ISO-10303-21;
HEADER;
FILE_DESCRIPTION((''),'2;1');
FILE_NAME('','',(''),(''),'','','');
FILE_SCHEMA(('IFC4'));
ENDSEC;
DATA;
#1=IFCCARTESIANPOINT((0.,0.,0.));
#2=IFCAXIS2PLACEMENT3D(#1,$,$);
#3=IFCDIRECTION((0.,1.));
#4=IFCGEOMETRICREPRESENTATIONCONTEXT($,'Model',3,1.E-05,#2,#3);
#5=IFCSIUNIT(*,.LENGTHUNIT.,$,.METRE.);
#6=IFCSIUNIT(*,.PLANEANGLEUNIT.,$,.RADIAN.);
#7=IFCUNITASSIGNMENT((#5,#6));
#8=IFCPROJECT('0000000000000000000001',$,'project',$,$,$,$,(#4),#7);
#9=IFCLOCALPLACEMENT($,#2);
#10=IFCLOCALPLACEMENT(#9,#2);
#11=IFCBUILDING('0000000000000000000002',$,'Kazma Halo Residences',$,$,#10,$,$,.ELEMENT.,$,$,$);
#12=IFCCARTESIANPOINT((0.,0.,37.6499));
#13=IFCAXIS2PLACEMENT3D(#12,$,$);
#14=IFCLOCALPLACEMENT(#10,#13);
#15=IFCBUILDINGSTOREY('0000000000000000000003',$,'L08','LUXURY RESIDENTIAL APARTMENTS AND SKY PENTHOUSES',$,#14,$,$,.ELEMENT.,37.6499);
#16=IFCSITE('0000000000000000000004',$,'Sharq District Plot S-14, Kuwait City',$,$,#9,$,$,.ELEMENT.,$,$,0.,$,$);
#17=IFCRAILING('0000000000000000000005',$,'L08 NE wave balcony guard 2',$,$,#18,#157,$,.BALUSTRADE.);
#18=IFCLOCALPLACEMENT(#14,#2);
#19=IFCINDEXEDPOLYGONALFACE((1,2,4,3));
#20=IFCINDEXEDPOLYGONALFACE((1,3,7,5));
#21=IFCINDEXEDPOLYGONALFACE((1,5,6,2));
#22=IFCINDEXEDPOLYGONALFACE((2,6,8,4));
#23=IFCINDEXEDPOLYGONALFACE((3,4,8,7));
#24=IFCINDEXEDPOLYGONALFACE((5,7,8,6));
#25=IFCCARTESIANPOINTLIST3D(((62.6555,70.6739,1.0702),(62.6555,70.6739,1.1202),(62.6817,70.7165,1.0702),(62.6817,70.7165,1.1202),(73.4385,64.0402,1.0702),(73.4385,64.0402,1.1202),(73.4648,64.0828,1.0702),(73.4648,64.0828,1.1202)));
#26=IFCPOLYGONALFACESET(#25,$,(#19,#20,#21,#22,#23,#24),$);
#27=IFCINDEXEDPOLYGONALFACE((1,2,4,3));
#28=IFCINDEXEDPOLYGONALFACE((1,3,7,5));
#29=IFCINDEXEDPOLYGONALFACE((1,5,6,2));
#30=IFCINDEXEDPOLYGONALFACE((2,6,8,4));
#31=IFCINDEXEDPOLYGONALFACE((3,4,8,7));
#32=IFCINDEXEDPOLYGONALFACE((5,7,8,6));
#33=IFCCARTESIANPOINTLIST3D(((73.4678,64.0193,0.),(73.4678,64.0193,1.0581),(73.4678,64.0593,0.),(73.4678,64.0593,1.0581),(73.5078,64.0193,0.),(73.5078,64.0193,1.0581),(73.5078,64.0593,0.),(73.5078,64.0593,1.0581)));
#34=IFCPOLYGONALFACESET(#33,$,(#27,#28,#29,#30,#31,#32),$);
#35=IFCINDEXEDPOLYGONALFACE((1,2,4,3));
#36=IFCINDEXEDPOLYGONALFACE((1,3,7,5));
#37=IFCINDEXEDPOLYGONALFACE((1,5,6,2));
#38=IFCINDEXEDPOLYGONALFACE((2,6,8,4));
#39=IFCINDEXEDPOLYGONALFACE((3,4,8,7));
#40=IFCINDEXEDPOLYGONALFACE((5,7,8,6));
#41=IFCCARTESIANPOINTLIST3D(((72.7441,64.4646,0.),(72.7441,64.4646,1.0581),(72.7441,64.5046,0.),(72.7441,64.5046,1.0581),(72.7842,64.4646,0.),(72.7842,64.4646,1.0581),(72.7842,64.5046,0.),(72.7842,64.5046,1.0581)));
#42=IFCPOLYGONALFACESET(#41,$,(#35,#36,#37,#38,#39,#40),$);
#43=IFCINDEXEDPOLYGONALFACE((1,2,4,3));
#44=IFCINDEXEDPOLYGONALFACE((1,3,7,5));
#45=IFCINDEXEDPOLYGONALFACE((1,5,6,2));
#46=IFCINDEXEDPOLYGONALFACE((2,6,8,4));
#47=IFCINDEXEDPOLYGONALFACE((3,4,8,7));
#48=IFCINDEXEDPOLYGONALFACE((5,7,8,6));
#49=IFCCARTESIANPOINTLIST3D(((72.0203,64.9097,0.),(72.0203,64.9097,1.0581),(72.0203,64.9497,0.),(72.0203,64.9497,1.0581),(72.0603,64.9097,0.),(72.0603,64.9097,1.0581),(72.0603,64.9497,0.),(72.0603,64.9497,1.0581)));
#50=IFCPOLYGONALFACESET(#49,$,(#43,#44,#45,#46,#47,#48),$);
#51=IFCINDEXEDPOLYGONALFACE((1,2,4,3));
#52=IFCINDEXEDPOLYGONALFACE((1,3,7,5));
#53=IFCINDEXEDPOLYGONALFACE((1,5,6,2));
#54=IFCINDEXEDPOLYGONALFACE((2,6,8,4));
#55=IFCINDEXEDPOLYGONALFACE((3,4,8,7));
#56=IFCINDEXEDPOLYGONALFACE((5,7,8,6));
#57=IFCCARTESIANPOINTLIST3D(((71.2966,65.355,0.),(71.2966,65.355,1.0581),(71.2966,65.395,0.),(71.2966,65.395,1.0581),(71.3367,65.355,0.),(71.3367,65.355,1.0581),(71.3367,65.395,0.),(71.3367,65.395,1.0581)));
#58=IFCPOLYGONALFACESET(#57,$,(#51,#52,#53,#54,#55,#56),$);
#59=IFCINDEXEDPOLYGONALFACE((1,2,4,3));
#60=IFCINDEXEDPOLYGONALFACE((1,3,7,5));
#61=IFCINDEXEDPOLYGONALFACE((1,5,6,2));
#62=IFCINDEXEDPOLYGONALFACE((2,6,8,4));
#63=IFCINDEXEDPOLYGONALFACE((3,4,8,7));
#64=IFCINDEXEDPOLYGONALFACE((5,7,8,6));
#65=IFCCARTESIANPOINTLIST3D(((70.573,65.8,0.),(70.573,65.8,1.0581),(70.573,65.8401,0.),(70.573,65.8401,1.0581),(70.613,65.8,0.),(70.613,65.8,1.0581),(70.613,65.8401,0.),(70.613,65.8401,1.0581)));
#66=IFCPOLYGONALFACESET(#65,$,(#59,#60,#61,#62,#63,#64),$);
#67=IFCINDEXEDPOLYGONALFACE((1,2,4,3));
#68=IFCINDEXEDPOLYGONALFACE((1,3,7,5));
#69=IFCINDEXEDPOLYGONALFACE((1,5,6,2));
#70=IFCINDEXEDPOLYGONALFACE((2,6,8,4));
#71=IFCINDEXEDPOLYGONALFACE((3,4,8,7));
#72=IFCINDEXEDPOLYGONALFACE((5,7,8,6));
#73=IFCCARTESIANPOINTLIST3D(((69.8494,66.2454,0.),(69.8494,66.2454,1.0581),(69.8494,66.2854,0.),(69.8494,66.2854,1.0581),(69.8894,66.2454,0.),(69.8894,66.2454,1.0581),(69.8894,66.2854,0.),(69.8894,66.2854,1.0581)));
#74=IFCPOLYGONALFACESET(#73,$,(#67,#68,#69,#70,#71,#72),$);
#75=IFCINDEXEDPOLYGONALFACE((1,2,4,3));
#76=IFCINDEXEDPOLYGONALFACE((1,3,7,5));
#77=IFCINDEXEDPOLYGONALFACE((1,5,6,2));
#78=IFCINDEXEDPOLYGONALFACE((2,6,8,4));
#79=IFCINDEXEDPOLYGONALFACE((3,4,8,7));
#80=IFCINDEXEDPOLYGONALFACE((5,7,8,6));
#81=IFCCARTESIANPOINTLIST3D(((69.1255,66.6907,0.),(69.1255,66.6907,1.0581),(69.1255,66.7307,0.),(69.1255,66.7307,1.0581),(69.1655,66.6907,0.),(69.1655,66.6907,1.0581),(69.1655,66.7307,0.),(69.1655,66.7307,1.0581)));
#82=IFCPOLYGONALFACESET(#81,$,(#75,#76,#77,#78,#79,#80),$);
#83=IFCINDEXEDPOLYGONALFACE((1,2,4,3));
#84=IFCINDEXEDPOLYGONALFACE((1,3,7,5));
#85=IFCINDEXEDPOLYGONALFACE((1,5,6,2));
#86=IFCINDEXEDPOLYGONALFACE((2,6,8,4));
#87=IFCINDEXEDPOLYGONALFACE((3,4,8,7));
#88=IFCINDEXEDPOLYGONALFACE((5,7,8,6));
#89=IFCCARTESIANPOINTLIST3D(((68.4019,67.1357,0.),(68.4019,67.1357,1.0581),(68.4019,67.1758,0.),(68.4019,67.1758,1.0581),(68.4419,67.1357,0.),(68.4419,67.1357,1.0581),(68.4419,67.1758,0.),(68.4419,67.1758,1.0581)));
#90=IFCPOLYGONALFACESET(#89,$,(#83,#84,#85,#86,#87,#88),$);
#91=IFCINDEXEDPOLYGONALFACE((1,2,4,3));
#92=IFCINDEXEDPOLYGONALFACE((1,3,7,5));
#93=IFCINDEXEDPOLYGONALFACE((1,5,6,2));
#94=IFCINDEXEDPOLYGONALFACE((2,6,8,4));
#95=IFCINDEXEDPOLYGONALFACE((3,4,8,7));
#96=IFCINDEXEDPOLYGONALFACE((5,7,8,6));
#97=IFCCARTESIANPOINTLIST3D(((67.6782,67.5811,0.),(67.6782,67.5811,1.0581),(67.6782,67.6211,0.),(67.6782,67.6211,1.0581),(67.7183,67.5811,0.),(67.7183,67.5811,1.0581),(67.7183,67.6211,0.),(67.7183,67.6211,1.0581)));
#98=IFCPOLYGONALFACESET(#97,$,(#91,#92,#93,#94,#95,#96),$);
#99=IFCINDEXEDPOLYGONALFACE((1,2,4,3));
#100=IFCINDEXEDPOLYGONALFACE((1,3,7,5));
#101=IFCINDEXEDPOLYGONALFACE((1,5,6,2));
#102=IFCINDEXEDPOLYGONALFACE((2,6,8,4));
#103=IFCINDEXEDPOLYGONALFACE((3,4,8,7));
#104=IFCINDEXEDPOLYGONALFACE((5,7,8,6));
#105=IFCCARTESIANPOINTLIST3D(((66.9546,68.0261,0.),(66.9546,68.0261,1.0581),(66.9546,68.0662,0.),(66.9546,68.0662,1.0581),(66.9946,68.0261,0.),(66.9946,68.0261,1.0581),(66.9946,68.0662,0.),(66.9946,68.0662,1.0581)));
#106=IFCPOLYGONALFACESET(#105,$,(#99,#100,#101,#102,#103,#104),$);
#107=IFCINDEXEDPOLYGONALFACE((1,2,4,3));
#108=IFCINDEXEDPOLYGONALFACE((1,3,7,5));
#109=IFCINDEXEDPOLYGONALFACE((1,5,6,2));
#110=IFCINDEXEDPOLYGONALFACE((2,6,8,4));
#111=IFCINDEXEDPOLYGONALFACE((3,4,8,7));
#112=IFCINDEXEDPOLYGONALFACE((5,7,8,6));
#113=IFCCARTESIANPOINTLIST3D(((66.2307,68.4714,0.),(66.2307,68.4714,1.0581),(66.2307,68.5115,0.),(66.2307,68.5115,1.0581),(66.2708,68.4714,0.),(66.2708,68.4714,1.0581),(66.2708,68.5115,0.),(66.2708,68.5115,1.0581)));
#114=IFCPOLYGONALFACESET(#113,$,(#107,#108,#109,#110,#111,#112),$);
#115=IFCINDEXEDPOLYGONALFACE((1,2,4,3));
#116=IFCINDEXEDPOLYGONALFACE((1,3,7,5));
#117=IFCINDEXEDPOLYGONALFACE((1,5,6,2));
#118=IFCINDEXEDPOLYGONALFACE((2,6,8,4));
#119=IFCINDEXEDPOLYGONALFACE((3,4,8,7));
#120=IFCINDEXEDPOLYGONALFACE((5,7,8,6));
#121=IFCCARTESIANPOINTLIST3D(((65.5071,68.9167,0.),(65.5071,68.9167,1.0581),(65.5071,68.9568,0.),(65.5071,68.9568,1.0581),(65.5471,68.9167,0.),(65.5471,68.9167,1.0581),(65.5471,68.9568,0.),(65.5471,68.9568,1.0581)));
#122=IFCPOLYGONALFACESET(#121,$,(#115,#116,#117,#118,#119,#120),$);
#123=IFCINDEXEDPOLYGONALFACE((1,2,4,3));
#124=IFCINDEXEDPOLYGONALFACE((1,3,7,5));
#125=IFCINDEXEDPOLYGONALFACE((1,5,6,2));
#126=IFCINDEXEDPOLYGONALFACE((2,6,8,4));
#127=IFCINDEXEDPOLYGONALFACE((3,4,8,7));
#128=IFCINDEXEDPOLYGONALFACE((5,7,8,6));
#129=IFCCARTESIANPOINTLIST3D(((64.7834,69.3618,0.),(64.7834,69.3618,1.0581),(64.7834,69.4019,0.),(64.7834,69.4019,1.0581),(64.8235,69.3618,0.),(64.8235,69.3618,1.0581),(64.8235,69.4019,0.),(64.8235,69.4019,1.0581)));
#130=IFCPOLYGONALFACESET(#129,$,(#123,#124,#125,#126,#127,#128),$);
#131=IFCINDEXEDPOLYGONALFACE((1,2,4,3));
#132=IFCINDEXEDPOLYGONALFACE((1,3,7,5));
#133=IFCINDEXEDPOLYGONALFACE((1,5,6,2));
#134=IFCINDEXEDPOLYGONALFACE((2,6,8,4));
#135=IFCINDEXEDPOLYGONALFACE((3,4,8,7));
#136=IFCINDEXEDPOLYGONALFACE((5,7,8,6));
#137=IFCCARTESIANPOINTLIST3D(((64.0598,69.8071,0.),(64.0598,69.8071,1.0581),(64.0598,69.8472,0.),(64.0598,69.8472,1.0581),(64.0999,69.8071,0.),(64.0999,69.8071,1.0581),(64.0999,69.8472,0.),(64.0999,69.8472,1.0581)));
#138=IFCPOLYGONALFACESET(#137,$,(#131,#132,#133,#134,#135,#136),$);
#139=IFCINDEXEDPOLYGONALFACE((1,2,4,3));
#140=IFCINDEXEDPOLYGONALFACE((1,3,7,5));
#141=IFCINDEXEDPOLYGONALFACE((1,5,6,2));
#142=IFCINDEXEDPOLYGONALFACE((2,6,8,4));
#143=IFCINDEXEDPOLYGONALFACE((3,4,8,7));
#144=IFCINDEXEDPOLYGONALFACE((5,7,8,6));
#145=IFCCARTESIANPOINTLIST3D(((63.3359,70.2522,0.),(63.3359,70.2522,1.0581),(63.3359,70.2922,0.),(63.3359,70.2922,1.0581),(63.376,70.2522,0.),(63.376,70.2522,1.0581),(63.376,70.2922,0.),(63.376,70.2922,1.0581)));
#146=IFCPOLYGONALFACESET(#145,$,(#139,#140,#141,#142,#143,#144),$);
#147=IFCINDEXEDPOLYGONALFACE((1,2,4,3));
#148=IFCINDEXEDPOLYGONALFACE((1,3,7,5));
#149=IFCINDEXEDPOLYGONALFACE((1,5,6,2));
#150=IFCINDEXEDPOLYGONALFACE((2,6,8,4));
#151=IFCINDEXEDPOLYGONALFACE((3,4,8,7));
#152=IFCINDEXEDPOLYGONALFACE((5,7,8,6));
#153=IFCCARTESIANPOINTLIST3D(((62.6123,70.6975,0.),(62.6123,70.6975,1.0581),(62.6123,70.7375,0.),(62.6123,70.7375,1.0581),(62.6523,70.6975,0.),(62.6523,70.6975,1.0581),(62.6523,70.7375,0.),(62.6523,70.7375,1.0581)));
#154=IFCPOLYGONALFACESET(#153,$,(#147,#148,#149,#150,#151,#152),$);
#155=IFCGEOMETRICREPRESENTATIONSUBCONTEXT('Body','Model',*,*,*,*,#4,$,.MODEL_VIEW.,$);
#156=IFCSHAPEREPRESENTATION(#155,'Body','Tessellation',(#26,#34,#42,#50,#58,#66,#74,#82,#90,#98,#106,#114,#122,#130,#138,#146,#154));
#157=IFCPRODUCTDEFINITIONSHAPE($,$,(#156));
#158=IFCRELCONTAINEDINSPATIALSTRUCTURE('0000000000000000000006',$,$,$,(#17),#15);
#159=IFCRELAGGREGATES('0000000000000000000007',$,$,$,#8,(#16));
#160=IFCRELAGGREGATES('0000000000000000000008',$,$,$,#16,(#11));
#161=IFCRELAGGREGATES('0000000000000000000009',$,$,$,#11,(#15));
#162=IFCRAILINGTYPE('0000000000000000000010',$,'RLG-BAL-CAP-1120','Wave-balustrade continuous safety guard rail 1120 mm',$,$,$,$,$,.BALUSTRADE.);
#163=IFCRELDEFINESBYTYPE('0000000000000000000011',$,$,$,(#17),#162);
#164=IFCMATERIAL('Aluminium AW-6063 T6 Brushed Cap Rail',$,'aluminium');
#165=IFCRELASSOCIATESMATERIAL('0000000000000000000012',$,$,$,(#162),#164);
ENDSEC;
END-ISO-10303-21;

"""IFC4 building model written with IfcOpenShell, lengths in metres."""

from ifc_helpers import new_model, si_unit, direction, frame, origin, origin_2d, place, context, subcontext, project, spatial, rectangle, extrude, material, type_object, element, save


model = new_model("IFC4")

# Units and contexts
model_context = context("Model", 3, precision=1e-05, world=origin(), true_north=direction((0.0, 1.0)))
body_context = subcontext(model_context, "Body", "Model", "MODEL_VIEW")
ifc_project = project(units=[si_unit("LENGTHUNIT", "METRE"), si_unit("PLANEANGLEUNIT", "RADIAN")], contexts=[model_context])

# Site, building, storey
site_placement = place(None, origin())
site = spatial("IfcSite", under=ifc_project, at=site_placement, Name="Sharq District Plot S-14, Kuwait City", CompositionType="ELEMENT", RefElevation=0.0)
building_placement = place(site_placement, origin())
building = spatial("IfcBuilding", under=site, at=building_placement, Name="Kazma Halo Residences", CompositionType="ELEMENT")
storey_placement = place(building_placement, frame((0.0, 0.0, 37.6499)))
storey = spatial("IfcBuildingStorey", under=building, at=storey_placement, Name="L08", Description="LUXURY RESIDENTIAL APARTMENTS AND SKY PENTHOUSES", CompositionType="ELEMENT", Elevation=37.6499)

# Railing
ifc_material_1 = material(Name="Aluminium AW-6063 T6 Brushed Cap Rail", Category="aluminium")
railing_type = type_object("IfcRailingType", Name="RLG-BAL-CAP-1120", Description="Wave-balustrade continuous safety guard rail 1120 mm", PredefinedType="BALUSTRADE", material=ifc_material_1)
railing_1_placement = place(storey_placement, frame((73.4878, 64.0393, 0.0)))
element("IfcRailing", 1, at=railing_1_placement, inside=storey, type_object=railing_type, Name="L08 NE wave balcony guard 2", PredefinedType="BALUSTRADE", context=body_context, shape_type="SweptSolid", body=[
    extrude(rectangle(XDim=0.05, YDim=0.05, at=origin_2d()), frame((-0.0361, 0.0222, 1.0952), z_axis=(-0.851731, 0.52398, 0.0), x_axis=(-0.52398, -0.851731, 0.0)), (0.0, 0.0, 1.0), 12.6602),
    extrude(rectangle(XDim=0.04, YDim=0.04, at=origin_2d()), origin(), (0.0, 0.0, 1.0), 1.0581),
    extrude(rectangle(XDim=0.04, YDim=0.04, at=origin_2d()), frame((-0.7236, 0.4453, 0.0)), (0.0, 0.0, 1.0), 1.0581),
    extrude(rectangle(XDim=0.04, YDim=0.04, at=origin_2d()), frame((-1.4475, 0.8904, 0.0)), (0.0, 0.0, 1.0), 1.0581),
    extrude(rectangle(XDim=0.04, YDim=0.04, at=origin_2d()), frame((-2.1711, 1.3357, 0.0)), (0.0, 0.0, 1.0), 1.0581),
    extrude(rectangle(XDim=0.04, YDim=0.04, at=origin_2d()), frame((-2.8948, 1.7808, 0.0)), (0.0, 0.0, 1.0), 1.0581),
    extrude(rectangle(XDim=0.04, YDim=0.04, at=origin_2d()), frame((-3.6184, 2.2261, 0.0)), (0.0, 0.0, 1.0), 1.0581),
    extrude(rectangle(XDim=0.04, YDim=0.04, at=origin_2d()), frame((-4.3423, 2.6714, 0.0)), (0.0, 0.0, 1.0), 1.0581),
    extrude(rectangle(XDim=0.04, YDim=0.04, at=origin_2d()), frame((-5.0659, 3.1165, 0.0)), (0.0, 0.0, 1.0), 1.0581),
    extrude(rectangle(XDim=0.04, YDim=0.04, at=origin_2d()), frame((-5.7896, 3.5618, 0.0)), (0.0, 0.0, 1.0), 1.0581),
    extrude(rectangle(XDim=0.04, YDim=0.04, at=origin_2d()), frame((-6.5132, 4.0068, 0.0)), (0.0, 0.0, 1.0), 1.0581),
    extrude(rectangle(XDim=0.04, YDim=0.04, at=origin_2d()), frame((-7.2371, 4.4521, 0.0)), (0.0, 0.0, 1.0), 1.0581),
    extrude(rectangle(XDim=0.04, YDim=0.04, at=origin_2d()), frame((-7.9607, 4.8975, 0.0)), (0.0, 0.0, 1.0), 1.0581),
    extrude(rectangle(XDim=0.04, YDim=0.04, at=origin_2d()), frame((-8.6843, 5.3425, 0.0)), (0.0, 0.0, 1.0), 1.0581),
    extrude(rectangle(XDim=0.04, YDim=0.04, at=origin_2d()), frame((-9.408, 5.7878, 0.0)), (0.0, 0.0, 1.0), 1.0581),
    extrude(rectangle(XDim=0.04, YDim=0.04, at=origin_2d()), frame((-10.1318, 6.2329, 0.0)), (0.0, 0.0, 1.0), 1.0581),
    extrude(rectangle(XDim=0.04, YDim=0.04, at=origin_2d()), frame((-10.8555, 6.6782, 0.0)), (0.0, 0.0, 1.0), 1.0581),
])

save(model, "model.ifc")
